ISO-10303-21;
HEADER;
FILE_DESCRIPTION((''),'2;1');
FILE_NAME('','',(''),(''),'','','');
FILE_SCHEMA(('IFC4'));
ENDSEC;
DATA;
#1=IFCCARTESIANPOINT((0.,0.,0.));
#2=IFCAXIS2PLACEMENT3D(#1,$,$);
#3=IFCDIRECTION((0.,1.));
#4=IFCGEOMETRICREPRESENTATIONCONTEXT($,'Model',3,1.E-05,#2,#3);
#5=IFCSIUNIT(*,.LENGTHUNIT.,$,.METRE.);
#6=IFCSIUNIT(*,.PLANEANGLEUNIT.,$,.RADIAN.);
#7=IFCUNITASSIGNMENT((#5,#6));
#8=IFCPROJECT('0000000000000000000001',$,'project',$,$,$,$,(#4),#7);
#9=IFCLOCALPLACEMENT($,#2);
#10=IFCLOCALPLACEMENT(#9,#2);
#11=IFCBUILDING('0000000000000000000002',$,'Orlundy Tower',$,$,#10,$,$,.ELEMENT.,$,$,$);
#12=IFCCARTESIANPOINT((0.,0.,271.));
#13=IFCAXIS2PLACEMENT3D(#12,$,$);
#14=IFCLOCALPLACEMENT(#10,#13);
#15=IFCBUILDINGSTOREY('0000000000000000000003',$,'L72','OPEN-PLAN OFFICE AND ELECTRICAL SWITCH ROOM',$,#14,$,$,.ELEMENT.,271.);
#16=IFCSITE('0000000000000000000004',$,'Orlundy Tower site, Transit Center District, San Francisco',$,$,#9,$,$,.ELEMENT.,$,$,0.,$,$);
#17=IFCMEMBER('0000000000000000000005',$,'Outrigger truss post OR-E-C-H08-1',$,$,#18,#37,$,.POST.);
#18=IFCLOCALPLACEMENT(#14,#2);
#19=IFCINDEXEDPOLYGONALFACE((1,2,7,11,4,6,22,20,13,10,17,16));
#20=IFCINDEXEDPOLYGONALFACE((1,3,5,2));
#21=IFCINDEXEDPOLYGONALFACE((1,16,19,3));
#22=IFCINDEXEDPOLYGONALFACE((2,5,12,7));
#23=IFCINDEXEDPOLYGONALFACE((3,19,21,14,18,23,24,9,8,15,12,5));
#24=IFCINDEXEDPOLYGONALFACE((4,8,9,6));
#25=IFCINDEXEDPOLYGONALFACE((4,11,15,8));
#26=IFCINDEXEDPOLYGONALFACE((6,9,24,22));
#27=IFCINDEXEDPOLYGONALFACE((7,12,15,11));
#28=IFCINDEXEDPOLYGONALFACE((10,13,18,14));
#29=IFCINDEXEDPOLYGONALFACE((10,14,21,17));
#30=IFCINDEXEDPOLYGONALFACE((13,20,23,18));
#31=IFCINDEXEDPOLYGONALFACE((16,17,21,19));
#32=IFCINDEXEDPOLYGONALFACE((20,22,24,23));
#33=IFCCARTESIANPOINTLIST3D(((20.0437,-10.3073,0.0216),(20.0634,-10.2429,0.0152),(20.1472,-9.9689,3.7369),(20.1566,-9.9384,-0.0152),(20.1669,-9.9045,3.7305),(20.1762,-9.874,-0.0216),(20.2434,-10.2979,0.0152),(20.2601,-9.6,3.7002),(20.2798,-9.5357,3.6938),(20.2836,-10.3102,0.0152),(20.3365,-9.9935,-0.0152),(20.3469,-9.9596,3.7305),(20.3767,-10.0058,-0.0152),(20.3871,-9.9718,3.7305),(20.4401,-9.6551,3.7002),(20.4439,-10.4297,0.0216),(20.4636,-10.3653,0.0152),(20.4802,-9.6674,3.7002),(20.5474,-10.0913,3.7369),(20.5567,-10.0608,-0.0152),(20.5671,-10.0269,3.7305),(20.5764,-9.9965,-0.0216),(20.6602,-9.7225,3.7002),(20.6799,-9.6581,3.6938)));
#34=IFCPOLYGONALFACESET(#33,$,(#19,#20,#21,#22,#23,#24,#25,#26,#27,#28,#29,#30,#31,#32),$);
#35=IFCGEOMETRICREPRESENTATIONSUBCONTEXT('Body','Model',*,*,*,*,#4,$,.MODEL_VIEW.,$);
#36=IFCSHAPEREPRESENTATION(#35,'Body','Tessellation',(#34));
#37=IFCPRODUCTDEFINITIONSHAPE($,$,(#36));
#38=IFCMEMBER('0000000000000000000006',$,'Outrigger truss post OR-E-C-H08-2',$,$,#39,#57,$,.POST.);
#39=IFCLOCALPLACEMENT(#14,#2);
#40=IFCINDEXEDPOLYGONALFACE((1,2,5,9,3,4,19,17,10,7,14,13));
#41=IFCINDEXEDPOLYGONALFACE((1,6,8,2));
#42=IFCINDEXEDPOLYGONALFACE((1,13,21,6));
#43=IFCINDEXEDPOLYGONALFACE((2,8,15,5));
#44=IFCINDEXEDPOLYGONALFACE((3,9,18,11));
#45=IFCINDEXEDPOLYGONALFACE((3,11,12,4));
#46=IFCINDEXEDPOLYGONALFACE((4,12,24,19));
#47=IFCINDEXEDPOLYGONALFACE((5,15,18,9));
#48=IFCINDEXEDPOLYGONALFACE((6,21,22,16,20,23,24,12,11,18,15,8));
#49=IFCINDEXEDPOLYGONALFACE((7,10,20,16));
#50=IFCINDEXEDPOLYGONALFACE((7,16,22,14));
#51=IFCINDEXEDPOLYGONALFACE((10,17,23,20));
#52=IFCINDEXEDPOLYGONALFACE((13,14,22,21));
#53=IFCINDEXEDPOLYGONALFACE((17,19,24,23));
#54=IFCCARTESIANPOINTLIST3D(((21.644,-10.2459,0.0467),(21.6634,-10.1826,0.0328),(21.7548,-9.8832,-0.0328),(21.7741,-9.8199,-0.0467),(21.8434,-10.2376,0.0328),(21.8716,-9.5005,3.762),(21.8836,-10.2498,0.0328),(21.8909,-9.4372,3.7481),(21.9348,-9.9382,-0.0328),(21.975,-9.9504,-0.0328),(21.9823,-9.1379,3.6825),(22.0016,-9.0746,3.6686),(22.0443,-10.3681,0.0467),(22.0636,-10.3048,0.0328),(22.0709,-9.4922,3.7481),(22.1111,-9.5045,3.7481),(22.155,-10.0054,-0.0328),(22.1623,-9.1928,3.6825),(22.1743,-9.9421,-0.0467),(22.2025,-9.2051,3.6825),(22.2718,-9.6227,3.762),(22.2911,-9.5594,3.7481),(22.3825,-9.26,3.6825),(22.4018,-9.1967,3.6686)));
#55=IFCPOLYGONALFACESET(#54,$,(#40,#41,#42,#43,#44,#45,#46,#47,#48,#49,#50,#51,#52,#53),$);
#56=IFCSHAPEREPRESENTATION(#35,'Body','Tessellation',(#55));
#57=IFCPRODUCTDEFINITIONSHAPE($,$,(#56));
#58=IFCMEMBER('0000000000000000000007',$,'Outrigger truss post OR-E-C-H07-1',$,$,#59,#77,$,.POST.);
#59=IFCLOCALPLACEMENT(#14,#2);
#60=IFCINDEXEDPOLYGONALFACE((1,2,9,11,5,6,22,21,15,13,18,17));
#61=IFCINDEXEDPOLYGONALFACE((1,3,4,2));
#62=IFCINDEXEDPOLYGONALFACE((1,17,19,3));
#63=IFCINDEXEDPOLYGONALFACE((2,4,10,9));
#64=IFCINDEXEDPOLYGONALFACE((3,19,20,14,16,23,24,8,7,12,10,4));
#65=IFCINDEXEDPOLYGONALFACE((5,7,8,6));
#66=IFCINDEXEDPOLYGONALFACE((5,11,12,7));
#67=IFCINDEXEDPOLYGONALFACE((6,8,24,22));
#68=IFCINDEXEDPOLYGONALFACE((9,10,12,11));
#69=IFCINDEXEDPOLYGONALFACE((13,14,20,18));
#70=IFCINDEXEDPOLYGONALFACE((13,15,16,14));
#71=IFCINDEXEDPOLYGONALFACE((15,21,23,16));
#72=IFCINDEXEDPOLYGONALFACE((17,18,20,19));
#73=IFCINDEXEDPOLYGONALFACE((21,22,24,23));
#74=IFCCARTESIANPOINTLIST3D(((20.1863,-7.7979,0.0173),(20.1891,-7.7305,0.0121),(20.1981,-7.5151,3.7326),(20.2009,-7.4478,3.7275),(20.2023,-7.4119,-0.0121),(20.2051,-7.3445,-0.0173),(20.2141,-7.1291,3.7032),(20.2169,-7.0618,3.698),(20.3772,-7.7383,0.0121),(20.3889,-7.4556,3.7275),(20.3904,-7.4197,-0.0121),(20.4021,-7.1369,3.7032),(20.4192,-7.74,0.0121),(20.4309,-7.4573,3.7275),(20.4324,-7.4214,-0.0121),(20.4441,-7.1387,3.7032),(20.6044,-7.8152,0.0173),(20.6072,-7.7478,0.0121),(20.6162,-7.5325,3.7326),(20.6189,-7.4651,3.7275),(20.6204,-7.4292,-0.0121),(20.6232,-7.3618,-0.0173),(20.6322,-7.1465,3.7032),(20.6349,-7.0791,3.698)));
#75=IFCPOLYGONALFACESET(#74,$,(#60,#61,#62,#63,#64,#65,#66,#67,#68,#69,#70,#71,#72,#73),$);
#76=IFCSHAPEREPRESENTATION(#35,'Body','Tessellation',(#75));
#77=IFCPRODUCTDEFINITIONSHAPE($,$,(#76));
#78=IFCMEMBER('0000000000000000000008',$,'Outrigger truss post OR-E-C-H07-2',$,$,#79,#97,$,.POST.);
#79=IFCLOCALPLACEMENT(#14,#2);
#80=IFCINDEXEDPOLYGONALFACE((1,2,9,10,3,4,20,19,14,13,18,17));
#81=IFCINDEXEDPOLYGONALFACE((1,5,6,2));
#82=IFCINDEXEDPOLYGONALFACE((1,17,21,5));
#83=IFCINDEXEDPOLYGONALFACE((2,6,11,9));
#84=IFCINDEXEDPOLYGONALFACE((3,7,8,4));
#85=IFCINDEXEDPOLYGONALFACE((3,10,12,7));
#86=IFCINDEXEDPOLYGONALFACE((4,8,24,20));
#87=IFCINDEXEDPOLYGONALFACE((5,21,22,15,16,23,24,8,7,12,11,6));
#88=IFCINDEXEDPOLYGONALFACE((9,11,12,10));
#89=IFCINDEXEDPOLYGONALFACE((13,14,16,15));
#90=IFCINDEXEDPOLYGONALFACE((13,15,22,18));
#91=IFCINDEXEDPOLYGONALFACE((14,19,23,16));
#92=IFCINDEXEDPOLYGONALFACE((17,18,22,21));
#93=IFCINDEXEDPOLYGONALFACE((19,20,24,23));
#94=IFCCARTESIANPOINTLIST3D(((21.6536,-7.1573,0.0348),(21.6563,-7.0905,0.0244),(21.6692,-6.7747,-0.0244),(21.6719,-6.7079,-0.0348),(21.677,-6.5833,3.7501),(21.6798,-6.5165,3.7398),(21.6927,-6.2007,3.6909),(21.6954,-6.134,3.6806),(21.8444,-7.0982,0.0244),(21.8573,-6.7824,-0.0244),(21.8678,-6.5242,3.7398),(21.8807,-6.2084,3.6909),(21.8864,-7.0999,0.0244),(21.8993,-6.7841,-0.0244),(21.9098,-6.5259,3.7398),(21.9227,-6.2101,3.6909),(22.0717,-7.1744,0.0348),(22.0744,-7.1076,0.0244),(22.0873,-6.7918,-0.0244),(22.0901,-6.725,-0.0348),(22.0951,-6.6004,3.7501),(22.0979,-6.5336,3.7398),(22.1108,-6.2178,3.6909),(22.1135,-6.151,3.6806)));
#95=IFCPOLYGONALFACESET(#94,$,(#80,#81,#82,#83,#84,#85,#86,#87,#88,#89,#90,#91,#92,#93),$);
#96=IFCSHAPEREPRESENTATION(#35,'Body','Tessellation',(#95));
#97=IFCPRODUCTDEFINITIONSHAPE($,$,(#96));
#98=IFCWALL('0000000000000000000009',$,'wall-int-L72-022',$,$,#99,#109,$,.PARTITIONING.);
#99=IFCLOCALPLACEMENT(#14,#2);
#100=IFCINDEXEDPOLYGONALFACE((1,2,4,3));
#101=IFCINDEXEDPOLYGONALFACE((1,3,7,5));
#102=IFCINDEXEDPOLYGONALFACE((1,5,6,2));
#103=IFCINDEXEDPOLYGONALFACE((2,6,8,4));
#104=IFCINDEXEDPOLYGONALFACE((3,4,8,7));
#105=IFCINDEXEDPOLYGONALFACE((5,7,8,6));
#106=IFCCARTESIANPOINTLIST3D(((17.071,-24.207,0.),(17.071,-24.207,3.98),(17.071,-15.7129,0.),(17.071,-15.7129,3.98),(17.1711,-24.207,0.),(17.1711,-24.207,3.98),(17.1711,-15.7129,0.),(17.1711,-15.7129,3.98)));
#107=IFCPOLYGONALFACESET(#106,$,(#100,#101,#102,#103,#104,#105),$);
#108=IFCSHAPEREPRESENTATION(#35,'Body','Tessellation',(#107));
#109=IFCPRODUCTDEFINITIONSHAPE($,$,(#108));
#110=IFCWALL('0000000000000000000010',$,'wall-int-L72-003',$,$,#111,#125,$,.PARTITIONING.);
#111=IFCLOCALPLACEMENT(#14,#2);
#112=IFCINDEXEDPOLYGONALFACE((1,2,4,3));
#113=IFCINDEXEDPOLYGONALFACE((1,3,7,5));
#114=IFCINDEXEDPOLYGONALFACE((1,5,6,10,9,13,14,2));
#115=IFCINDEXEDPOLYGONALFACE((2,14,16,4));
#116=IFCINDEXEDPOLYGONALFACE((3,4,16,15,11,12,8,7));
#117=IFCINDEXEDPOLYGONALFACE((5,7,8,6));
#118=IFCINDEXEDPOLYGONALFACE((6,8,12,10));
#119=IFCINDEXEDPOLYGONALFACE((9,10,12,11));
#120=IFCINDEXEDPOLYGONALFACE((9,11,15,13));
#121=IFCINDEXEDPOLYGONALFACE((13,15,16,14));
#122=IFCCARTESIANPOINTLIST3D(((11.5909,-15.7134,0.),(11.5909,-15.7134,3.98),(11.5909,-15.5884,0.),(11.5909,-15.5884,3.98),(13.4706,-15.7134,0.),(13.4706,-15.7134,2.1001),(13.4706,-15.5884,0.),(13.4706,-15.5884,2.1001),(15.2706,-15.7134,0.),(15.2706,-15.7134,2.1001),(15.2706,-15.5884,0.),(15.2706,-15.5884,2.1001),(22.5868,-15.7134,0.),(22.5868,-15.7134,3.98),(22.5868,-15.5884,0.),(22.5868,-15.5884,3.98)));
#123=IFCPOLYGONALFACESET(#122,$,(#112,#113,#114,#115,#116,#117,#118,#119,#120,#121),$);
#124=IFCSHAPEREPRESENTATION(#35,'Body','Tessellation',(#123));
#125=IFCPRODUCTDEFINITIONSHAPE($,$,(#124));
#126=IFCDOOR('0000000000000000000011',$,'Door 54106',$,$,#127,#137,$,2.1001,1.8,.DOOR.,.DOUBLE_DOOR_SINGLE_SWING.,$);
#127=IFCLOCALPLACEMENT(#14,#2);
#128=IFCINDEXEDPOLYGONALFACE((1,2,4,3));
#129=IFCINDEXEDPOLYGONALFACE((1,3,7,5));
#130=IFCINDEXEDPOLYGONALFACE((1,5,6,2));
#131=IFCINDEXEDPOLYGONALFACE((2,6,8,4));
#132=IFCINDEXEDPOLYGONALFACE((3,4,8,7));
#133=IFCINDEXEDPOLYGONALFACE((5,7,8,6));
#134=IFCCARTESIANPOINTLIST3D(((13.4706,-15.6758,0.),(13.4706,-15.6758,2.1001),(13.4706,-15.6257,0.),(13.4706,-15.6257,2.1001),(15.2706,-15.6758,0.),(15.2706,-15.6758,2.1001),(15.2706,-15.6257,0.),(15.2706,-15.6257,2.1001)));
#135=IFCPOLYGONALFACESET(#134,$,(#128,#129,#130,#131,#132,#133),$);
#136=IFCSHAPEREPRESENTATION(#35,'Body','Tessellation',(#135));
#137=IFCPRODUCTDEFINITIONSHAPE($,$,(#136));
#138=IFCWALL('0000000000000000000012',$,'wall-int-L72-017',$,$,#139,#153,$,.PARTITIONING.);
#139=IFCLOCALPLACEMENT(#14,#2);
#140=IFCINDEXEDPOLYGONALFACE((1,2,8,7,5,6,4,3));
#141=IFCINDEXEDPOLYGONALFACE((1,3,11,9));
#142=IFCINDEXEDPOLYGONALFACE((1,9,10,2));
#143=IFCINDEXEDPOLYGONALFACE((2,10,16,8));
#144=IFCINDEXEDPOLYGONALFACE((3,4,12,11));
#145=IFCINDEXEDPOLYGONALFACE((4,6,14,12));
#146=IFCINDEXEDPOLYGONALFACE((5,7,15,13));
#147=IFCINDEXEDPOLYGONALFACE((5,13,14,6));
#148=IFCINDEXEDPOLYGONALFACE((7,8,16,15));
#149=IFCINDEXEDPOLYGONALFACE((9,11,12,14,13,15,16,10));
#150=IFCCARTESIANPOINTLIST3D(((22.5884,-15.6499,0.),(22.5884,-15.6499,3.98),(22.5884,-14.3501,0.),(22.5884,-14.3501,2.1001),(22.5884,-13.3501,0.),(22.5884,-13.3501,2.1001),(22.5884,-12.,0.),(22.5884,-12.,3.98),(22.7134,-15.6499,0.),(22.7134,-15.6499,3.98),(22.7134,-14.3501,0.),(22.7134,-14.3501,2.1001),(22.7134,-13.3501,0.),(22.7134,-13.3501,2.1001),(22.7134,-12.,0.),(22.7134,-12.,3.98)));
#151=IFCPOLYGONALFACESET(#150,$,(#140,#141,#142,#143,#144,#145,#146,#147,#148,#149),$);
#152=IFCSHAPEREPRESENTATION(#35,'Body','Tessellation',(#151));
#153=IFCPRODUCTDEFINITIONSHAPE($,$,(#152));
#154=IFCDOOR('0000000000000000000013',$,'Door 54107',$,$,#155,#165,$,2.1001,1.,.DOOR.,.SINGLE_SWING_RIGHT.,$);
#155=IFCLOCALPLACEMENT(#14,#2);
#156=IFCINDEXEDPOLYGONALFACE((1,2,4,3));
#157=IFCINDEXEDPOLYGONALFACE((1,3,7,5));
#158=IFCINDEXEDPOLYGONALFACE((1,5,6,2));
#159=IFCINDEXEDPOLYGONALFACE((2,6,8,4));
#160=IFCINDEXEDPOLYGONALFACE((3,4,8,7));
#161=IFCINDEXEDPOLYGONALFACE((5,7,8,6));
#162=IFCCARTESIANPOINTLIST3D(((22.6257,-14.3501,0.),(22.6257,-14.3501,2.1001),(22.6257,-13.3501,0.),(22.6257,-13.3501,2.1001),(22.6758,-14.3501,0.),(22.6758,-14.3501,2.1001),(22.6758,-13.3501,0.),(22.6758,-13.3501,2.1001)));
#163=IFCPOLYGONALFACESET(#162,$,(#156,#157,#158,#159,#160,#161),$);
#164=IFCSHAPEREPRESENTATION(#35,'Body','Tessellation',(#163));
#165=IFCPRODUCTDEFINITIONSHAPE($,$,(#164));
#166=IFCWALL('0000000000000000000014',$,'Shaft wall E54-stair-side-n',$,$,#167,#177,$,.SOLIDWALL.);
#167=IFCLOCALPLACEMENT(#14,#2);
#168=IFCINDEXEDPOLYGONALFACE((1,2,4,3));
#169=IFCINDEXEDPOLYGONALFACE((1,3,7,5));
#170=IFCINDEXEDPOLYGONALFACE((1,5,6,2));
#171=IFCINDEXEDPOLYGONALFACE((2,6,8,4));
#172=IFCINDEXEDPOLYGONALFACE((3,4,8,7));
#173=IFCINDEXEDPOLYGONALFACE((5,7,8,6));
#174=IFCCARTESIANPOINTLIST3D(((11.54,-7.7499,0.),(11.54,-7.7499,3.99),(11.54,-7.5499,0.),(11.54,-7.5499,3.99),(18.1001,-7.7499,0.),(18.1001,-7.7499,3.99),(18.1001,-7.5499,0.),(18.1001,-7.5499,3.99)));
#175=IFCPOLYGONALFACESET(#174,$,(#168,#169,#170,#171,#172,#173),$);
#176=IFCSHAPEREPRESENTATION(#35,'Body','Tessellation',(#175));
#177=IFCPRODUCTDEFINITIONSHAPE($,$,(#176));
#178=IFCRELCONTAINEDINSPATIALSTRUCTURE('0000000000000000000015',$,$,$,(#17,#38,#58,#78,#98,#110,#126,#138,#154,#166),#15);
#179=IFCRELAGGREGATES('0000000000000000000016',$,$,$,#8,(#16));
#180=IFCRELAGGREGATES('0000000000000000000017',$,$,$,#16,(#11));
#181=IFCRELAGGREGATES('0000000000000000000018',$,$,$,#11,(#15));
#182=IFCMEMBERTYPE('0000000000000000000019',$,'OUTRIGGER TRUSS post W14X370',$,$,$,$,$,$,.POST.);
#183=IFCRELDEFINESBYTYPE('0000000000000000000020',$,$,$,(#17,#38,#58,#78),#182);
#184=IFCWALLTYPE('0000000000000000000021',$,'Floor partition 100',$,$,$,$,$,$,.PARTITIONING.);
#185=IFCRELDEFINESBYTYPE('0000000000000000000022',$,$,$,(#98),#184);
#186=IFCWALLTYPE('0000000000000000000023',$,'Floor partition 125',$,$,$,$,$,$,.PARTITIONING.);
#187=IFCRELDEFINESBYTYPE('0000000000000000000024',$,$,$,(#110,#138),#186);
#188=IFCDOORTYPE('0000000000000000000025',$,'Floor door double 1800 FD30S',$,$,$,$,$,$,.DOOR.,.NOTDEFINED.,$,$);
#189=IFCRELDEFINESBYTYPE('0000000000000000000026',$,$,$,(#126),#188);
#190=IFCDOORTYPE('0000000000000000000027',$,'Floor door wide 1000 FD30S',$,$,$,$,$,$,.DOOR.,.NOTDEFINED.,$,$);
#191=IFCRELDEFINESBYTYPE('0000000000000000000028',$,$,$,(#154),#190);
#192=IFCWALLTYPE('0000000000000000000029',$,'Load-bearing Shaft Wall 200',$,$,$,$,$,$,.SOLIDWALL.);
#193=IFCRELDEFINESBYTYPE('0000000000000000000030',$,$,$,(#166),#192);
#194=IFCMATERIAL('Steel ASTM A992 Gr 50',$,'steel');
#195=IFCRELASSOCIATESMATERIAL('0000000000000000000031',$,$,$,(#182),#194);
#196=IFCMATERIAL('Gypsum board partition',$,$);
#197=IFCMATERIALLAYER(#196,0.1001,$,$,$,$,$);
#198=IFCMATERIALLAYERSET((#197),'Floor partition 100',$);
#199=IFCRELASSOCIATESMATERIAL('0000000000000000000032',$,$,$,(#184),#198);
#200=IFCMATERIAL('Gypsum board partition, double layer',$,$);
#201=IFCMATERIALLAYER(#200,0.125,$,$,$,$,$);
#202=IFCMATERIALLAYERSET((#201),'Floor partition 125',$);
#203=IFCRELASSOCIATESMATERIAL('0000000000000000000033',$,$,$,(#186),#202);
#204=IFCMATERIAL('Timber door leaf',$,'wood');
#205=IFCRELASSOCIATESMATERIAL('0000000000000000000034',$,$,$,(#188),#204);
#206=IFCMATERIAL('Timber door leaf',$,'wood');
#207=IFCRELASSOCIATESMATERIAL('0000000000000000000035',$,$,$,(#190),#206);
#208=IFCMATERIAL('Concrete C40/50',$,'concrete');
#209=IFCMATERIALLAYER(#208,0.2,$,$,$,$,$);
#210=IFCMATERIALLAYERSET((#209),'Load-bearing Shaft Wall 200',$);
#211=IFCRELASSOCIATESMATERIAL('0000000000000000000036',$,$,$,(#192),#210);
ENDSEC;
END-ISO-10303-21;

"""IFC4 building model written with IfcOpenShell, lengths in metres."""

from ifc_helpers import new_model, si_unit, direction, frame, frame_2d, origin, origin_2d, place, context, subcontext, project, spatial, rectangle, i_section, extrude, material, layer, layer_set, material_profile, profile_set, type_object, element, fill, save


model = new_model("IFC4")

# Units and contexts
model_context = context("Model", 3, precision=1e-05, world=origin(), true_north=direction((0.0, 1.0)))
body_context = subcontext(model_context, "Body", "Model", "MODEL_VIEW")
ifc_project = project(units=[si_unit("LENGTHUNIT", "METRE"), si_unit("PLANEANGLEUNIT", "RADIAN")], contexts=[model_context])

# Site, building, storey
site_placement = place(None, origin())
site = spatial("IfcSite", under=ifc_project, at=site_placement, Name="Orlundy Tower site, Transit Center District, San Francisco", CompositionType="ELEMENT", RefElevation=0.0)
building_placement = place(site_placement, origin())
building = spatial("IfcBuilding", under=site, at=building_placement, Name="Orlundy Tower", CompositionType="ELEMENT")
storey_placement = place(building_placement, frame((0.0, 0.0, 271.0)))
storey = spatial("IfcBuildingStorey", under=building, at=storey_placement, Name="L72", Description="OPEN-PLAN OFFICE AND ELECTRICAL SWITCH ROOM", CompositionType="ELEMENT", Elevation=271.0)

# Members
ifc_material_1 = material(Name="Steel ASTM A992 Gr 50", Category="steel")
ifc_material_profile = material_profile(ifc_material_1, i_section(OverallWidth=0.4185, OverallDepth=0.4551, WebThickness=0.042, FlangeThickness=0.0676, at=origin_2d()), Name="W14X370")
ifc_profile_set = profile_set([ifc_material_profile], Name="Steel ASTM A992 Gr 50")
member_type = type_object("IfcMemberType", Name="OUTRIGGER TRUSS post W14X370", PredefinedType="POST", material=ifc_profile_set)
member_1_placement = place(storey_placement, frame((20.3101, -10.1519, 0.0), z_axis=(0.027736, 0.090666, 0.995495), x_axis=(-0.956255, 0.292534, 0.0)))
element("IfcMember", 1, at=member_1_placement, inside=storey, type_object=member_type, Name="Outrigger truss post OR-E-C-H08-1", PredefinedType="POST", context=body_context, shape_type="SweptSolid", body=[
    extrude(i_section(OverallWidth=0.4185, OverallDepth=0.4551, WebThickness=0.042, FlangeThickness=0.0676, at=origin_2d()), origin(), (0.0, 0.0, 1.0), 3.7322),
])
member_2_placement = place(storey_placement, frame((21.9092, -10.094, 0.0), z_axis=(0.059939, 0.196345, 0.978701), x_axis=(-0.956427, 0.291972, 0.0)))
element("IfcMember", 2, at=member_2_placement, inside=storey, type_object=member_type, Name="Outrigger truss post OR-E-C-H08-2", PredefinedType="POST", context=body_context, shape_type="SweptSolid", body=[
    extrude(i_section(OverallWidth=0.4185, OverallDepth=0.4551, WebThickness=0.042, FlangeThickness=0.0676, at=origin_2d()), origin(), (0.0, 0.0, 1.0), 3.7961),
])
member_3_placement = place(storey_placement, frame((20.4048, -7.5798, 0.0), z_axis=(0.003145, 0.075874, 0.997112), x_axis=(-0.999142, 0.041415, 0.0)))
element("IfcMember", 3, at=member_3_placement, inside=storey, type_object=member_type, Name="Outrigger truss post OR-E-C-H07-1", PredefinedType="POST", context=body_context, shape_type="SweptSolid", body=[
    extrude(i_section(OverallWidth=0.4185, OverallDepth=0.4551, WebThickness=0.042, FlangeThickness=0.0676, at=origin_2d()), origin(), (0.0, 0.0, 1.0), 3.7261),
])
member_4_placement = place(storey_placement, frame((21.8718, -6.9412, 0.0), z_axis=(0.006234, 0.152674, 0.988257), x_axis=(-0.999167, 0.0408, 0.0)))
element("IfcMember", 4, at=member_4_placement, inside=storey, type_object=member_type, Name="Outrigger truss post OR-E-C-H07-2", PredefinedType="POST", context=body_context, shape_type="SweptSolid", body=[
    extrude(i_section(OverallWidth=0.4185, OverallDepth=0.4551, WebThickness=0.042, FlangeThickness=0.0676, at=origin_2d()), origin(), (0.0, 0.0, 1.0), 3.7595),
])

# Wall
ifc_material_2 = material(Name="Gypsum board partition")
ifc_layer_1 = layer(ifc_material_2, 0.1001)
ifc_layer_set_1 = layer_set([ifc_layer_1], Name="Floor partition 100")
wall_type_1 = type_object("IfcWallType", Name="Floor partition 100", PredefinedType="PARTITIONING", material=ifc_layer_set_1)
wall_1_placement = place(storey_placement, frame((17.1211, -24.207, 0.0), z_axis=(0.0, 0.0, 1.0), x_axis=(0.0, 1.0, 0.0)))
element("IfcWall", 5, at=wall_1_placement, inside=storey, type_object=wall_type_1, Name="wall-int-L72-022", PredefinedType="PARTITIONING", context=body_context, shape_type="SweptSolid", body=[
    extrude(rectangle(XDim=8.4941, YDim=0.1001, at=frame_2d((4.2471, 0.0))), origin(), (0.0, 0.0, 1.0), 3.98),
])

# Walls, openings, doors
ifc_material_3 = material(Name="Gypsum board partition, double layer")
ifc_layer_2 = layer(ifc_material_3, 0.125)
ifc_layer_set_2 = layer_set([ifc_layer_2], Name="Floor partition 125")
wall_type_2 = type_object("IfcWallType", Name="Floor partition 125", PredefinedType="PARTITIONING", material=ifc_layer_set_2)
wall_2_placement = place(storey_placement, frame((22.5869, -15.6509, 0.0), z_axis=(0.0, 0.0, 1.0), x_axis=(-1.0, 0.0, 0.0)))
wall_2 = element("IfcWall", 6, at=wall_2_placement, inside=storey, type_object=wall_type_2, Name="wall-int-L72-003", PredefinedType="PARTITIONING", context=body_context, shape_type="SweptSolid", body=[
    extrude(rectangle(XDim=10.9958, YDim=0.125, at=frame_2d((5.498, 0.0))), origin(), (0.0, 0.0, 1.0), 3.98),
])
opening_1_placement = place(wall_2_placement, frame((7.3164, 0.0, 0.0)))
opening_1 = element("IfcOpeningElement", 7, at=opening_1_placement, cuts=wall_2, PredefinedType="OPENING", context=body_context, shape_type="SweptSolid", body=[
    extrude(rectangle(XDim=1.8, YDim=2.1001, at=frame_2d((0.8999, 1.05))), frame((0.0, 0.0725, 0.0), z_axis=(0.0, -1.0, 0.0), x_axis=(1.0, 0.0, 0.0)), (0.0, 0.0, 1.0), 0.145),
])
ifc_material_4 = material(Name="Timber door leaf", Category="wood")
door_type_1 = type_object("IfcDoorType", Name="Floor door double 1800 FD30S", OperationType="NOTDEFINED", PredefinedType="DOOR", material=ifc_material_4)
door_1_placement = place(opening_1_placement, origin())
door_1 = element("IfcDoor", 8, at=door_1_placement, inside=storey, type_object=door_type_1, Name="Door 54106", OperationType="DOUBLE_DOOR_SINGLE_SWING", OverallHeight=2.1001, OverallWidth=1.8, PredefinedType="DOOR", context=body_context, shape_type="SweptSolid", body=[
    extrude(rectangle(XDim=1.8, YDim=2.1001, at=frame_2d((0.8999, 1.05))), frame((0.0, 0.0249, 0.0), z_axis=(0.0, -1.0, 0.0), x_axis=(1.0, 0.0, 0.0)), (0.0, 0.0, 1.0), 0.05),
])
fill(opening_1, door_1)
wall_3_placement = place(storey_placement, frame((22.6509, -12.0, 0.0), z_axis=(0.0, 0.0, 1.0), x_axis=(0.0, -1.0, 0.0)))
wall_3 = element("IfcWall", 9, at=wall_3_placement, inside=storey, type_object=wall_type_2, Name="wall-int-L72-017", PredefinedType="PARTITIONING", context=body_context, shape_type="SweptSolid", body=[
    extrude(rectangle(XDim=3.6499, YDim=0.125, at=frame_2d((1.825, 0.0))), origin(), (0.0, 0.0, 1.0), 3.98),
])
opening_2_placement = place(wall_3_placement, frame((1.3501, 0.0, 0.0)))
opening_2 = element("IfcOpeningElement", 10, at=opening_2_placement, cuts=wall_3, PredefinedType="OPENING", context=body_context, shape_type="SweptSolid", body=[
    extrude(rectangle(XDim=1.0, YDim=2.1001, at=frame_2d((0.5, 1.05))), frame((0.0, 0.0725, 0.0), z_axis=(0.0, -1.0, 0.0), x_axis=(1.0, 0.0, 0.0)), (0.0, 0.0, 1.0), 0.145),
])
ifc_material_5 = material(Name="Timber door leaf", Category="wood")
door_type_2 = type_object("IfcDoorType", Name="Floor door wide 1000 FD30S", OperationType="NOTDEFINED", PredefinedType="DOOR", material=ifc_material_5)
door_2_placement = place(opening_2_placement, origin())
door_2 = element("IfcDoor", 11, at=door_2_placement, inside=storey, type_object=door_type_2, Name="Door 54107", OperationType="SINGLE_SWING_RIGHT", OverallHeight=2.1001, OverallWidth=1.0, PredefinedType="DOOR", context=body_context, shape_type="SweptSolid", body=[
    extrude(rectangle(XDim=1.0, YDim=2.1001, at=frame_2d((0.5, 1.05))), frame((0.0, 0.0249, 0.0), z_axis=(0.0, -1.0, 0.0), x_axis=(1.0, 0.0, 0.0)), (0.0, 0.0, 1.0), 0.05),
])
fill(opening_2, door_2)

# Wall
ifc_material_6 = material(Name="Concrete C40/50", Category="concrete")
ifc_layer_3 = layer(ifc_material_6, 0.2)
ifc_layer_set_3 = layer_set([ifc_layer_3], Name="Load-bearing Shaft Wall 200")
wall_type_3 = type_object("IfcWallType", Name="Load-bearing Shaft Wall 200", PredefinedType="SOLIDWALL", material=ifc_layer_set_3)
wall_4_placement = place(storey_placement, frame((11.54, -7.6499, 0.0), z_axis=(0.0, 0.0, 1.0), x_axis=(1.0, 0.0, 0.0)))
element("IfcWall", 12, at=wall_4_placement, inside=storey, type_object=wall_type_3, Name="Shaft wall E54-stair-side-n", PredefinedType="SOLIDWALL", context=body_context, shape_type="SweptSolid", body=[
    extrude(rectangle(XDim=6.5601, YDim=0.2, at=frame_2d((3.28, 0.0))), origin(), (0.0, 0.0, 1.0), 3.99),
])

save(model, "model.ifc")
